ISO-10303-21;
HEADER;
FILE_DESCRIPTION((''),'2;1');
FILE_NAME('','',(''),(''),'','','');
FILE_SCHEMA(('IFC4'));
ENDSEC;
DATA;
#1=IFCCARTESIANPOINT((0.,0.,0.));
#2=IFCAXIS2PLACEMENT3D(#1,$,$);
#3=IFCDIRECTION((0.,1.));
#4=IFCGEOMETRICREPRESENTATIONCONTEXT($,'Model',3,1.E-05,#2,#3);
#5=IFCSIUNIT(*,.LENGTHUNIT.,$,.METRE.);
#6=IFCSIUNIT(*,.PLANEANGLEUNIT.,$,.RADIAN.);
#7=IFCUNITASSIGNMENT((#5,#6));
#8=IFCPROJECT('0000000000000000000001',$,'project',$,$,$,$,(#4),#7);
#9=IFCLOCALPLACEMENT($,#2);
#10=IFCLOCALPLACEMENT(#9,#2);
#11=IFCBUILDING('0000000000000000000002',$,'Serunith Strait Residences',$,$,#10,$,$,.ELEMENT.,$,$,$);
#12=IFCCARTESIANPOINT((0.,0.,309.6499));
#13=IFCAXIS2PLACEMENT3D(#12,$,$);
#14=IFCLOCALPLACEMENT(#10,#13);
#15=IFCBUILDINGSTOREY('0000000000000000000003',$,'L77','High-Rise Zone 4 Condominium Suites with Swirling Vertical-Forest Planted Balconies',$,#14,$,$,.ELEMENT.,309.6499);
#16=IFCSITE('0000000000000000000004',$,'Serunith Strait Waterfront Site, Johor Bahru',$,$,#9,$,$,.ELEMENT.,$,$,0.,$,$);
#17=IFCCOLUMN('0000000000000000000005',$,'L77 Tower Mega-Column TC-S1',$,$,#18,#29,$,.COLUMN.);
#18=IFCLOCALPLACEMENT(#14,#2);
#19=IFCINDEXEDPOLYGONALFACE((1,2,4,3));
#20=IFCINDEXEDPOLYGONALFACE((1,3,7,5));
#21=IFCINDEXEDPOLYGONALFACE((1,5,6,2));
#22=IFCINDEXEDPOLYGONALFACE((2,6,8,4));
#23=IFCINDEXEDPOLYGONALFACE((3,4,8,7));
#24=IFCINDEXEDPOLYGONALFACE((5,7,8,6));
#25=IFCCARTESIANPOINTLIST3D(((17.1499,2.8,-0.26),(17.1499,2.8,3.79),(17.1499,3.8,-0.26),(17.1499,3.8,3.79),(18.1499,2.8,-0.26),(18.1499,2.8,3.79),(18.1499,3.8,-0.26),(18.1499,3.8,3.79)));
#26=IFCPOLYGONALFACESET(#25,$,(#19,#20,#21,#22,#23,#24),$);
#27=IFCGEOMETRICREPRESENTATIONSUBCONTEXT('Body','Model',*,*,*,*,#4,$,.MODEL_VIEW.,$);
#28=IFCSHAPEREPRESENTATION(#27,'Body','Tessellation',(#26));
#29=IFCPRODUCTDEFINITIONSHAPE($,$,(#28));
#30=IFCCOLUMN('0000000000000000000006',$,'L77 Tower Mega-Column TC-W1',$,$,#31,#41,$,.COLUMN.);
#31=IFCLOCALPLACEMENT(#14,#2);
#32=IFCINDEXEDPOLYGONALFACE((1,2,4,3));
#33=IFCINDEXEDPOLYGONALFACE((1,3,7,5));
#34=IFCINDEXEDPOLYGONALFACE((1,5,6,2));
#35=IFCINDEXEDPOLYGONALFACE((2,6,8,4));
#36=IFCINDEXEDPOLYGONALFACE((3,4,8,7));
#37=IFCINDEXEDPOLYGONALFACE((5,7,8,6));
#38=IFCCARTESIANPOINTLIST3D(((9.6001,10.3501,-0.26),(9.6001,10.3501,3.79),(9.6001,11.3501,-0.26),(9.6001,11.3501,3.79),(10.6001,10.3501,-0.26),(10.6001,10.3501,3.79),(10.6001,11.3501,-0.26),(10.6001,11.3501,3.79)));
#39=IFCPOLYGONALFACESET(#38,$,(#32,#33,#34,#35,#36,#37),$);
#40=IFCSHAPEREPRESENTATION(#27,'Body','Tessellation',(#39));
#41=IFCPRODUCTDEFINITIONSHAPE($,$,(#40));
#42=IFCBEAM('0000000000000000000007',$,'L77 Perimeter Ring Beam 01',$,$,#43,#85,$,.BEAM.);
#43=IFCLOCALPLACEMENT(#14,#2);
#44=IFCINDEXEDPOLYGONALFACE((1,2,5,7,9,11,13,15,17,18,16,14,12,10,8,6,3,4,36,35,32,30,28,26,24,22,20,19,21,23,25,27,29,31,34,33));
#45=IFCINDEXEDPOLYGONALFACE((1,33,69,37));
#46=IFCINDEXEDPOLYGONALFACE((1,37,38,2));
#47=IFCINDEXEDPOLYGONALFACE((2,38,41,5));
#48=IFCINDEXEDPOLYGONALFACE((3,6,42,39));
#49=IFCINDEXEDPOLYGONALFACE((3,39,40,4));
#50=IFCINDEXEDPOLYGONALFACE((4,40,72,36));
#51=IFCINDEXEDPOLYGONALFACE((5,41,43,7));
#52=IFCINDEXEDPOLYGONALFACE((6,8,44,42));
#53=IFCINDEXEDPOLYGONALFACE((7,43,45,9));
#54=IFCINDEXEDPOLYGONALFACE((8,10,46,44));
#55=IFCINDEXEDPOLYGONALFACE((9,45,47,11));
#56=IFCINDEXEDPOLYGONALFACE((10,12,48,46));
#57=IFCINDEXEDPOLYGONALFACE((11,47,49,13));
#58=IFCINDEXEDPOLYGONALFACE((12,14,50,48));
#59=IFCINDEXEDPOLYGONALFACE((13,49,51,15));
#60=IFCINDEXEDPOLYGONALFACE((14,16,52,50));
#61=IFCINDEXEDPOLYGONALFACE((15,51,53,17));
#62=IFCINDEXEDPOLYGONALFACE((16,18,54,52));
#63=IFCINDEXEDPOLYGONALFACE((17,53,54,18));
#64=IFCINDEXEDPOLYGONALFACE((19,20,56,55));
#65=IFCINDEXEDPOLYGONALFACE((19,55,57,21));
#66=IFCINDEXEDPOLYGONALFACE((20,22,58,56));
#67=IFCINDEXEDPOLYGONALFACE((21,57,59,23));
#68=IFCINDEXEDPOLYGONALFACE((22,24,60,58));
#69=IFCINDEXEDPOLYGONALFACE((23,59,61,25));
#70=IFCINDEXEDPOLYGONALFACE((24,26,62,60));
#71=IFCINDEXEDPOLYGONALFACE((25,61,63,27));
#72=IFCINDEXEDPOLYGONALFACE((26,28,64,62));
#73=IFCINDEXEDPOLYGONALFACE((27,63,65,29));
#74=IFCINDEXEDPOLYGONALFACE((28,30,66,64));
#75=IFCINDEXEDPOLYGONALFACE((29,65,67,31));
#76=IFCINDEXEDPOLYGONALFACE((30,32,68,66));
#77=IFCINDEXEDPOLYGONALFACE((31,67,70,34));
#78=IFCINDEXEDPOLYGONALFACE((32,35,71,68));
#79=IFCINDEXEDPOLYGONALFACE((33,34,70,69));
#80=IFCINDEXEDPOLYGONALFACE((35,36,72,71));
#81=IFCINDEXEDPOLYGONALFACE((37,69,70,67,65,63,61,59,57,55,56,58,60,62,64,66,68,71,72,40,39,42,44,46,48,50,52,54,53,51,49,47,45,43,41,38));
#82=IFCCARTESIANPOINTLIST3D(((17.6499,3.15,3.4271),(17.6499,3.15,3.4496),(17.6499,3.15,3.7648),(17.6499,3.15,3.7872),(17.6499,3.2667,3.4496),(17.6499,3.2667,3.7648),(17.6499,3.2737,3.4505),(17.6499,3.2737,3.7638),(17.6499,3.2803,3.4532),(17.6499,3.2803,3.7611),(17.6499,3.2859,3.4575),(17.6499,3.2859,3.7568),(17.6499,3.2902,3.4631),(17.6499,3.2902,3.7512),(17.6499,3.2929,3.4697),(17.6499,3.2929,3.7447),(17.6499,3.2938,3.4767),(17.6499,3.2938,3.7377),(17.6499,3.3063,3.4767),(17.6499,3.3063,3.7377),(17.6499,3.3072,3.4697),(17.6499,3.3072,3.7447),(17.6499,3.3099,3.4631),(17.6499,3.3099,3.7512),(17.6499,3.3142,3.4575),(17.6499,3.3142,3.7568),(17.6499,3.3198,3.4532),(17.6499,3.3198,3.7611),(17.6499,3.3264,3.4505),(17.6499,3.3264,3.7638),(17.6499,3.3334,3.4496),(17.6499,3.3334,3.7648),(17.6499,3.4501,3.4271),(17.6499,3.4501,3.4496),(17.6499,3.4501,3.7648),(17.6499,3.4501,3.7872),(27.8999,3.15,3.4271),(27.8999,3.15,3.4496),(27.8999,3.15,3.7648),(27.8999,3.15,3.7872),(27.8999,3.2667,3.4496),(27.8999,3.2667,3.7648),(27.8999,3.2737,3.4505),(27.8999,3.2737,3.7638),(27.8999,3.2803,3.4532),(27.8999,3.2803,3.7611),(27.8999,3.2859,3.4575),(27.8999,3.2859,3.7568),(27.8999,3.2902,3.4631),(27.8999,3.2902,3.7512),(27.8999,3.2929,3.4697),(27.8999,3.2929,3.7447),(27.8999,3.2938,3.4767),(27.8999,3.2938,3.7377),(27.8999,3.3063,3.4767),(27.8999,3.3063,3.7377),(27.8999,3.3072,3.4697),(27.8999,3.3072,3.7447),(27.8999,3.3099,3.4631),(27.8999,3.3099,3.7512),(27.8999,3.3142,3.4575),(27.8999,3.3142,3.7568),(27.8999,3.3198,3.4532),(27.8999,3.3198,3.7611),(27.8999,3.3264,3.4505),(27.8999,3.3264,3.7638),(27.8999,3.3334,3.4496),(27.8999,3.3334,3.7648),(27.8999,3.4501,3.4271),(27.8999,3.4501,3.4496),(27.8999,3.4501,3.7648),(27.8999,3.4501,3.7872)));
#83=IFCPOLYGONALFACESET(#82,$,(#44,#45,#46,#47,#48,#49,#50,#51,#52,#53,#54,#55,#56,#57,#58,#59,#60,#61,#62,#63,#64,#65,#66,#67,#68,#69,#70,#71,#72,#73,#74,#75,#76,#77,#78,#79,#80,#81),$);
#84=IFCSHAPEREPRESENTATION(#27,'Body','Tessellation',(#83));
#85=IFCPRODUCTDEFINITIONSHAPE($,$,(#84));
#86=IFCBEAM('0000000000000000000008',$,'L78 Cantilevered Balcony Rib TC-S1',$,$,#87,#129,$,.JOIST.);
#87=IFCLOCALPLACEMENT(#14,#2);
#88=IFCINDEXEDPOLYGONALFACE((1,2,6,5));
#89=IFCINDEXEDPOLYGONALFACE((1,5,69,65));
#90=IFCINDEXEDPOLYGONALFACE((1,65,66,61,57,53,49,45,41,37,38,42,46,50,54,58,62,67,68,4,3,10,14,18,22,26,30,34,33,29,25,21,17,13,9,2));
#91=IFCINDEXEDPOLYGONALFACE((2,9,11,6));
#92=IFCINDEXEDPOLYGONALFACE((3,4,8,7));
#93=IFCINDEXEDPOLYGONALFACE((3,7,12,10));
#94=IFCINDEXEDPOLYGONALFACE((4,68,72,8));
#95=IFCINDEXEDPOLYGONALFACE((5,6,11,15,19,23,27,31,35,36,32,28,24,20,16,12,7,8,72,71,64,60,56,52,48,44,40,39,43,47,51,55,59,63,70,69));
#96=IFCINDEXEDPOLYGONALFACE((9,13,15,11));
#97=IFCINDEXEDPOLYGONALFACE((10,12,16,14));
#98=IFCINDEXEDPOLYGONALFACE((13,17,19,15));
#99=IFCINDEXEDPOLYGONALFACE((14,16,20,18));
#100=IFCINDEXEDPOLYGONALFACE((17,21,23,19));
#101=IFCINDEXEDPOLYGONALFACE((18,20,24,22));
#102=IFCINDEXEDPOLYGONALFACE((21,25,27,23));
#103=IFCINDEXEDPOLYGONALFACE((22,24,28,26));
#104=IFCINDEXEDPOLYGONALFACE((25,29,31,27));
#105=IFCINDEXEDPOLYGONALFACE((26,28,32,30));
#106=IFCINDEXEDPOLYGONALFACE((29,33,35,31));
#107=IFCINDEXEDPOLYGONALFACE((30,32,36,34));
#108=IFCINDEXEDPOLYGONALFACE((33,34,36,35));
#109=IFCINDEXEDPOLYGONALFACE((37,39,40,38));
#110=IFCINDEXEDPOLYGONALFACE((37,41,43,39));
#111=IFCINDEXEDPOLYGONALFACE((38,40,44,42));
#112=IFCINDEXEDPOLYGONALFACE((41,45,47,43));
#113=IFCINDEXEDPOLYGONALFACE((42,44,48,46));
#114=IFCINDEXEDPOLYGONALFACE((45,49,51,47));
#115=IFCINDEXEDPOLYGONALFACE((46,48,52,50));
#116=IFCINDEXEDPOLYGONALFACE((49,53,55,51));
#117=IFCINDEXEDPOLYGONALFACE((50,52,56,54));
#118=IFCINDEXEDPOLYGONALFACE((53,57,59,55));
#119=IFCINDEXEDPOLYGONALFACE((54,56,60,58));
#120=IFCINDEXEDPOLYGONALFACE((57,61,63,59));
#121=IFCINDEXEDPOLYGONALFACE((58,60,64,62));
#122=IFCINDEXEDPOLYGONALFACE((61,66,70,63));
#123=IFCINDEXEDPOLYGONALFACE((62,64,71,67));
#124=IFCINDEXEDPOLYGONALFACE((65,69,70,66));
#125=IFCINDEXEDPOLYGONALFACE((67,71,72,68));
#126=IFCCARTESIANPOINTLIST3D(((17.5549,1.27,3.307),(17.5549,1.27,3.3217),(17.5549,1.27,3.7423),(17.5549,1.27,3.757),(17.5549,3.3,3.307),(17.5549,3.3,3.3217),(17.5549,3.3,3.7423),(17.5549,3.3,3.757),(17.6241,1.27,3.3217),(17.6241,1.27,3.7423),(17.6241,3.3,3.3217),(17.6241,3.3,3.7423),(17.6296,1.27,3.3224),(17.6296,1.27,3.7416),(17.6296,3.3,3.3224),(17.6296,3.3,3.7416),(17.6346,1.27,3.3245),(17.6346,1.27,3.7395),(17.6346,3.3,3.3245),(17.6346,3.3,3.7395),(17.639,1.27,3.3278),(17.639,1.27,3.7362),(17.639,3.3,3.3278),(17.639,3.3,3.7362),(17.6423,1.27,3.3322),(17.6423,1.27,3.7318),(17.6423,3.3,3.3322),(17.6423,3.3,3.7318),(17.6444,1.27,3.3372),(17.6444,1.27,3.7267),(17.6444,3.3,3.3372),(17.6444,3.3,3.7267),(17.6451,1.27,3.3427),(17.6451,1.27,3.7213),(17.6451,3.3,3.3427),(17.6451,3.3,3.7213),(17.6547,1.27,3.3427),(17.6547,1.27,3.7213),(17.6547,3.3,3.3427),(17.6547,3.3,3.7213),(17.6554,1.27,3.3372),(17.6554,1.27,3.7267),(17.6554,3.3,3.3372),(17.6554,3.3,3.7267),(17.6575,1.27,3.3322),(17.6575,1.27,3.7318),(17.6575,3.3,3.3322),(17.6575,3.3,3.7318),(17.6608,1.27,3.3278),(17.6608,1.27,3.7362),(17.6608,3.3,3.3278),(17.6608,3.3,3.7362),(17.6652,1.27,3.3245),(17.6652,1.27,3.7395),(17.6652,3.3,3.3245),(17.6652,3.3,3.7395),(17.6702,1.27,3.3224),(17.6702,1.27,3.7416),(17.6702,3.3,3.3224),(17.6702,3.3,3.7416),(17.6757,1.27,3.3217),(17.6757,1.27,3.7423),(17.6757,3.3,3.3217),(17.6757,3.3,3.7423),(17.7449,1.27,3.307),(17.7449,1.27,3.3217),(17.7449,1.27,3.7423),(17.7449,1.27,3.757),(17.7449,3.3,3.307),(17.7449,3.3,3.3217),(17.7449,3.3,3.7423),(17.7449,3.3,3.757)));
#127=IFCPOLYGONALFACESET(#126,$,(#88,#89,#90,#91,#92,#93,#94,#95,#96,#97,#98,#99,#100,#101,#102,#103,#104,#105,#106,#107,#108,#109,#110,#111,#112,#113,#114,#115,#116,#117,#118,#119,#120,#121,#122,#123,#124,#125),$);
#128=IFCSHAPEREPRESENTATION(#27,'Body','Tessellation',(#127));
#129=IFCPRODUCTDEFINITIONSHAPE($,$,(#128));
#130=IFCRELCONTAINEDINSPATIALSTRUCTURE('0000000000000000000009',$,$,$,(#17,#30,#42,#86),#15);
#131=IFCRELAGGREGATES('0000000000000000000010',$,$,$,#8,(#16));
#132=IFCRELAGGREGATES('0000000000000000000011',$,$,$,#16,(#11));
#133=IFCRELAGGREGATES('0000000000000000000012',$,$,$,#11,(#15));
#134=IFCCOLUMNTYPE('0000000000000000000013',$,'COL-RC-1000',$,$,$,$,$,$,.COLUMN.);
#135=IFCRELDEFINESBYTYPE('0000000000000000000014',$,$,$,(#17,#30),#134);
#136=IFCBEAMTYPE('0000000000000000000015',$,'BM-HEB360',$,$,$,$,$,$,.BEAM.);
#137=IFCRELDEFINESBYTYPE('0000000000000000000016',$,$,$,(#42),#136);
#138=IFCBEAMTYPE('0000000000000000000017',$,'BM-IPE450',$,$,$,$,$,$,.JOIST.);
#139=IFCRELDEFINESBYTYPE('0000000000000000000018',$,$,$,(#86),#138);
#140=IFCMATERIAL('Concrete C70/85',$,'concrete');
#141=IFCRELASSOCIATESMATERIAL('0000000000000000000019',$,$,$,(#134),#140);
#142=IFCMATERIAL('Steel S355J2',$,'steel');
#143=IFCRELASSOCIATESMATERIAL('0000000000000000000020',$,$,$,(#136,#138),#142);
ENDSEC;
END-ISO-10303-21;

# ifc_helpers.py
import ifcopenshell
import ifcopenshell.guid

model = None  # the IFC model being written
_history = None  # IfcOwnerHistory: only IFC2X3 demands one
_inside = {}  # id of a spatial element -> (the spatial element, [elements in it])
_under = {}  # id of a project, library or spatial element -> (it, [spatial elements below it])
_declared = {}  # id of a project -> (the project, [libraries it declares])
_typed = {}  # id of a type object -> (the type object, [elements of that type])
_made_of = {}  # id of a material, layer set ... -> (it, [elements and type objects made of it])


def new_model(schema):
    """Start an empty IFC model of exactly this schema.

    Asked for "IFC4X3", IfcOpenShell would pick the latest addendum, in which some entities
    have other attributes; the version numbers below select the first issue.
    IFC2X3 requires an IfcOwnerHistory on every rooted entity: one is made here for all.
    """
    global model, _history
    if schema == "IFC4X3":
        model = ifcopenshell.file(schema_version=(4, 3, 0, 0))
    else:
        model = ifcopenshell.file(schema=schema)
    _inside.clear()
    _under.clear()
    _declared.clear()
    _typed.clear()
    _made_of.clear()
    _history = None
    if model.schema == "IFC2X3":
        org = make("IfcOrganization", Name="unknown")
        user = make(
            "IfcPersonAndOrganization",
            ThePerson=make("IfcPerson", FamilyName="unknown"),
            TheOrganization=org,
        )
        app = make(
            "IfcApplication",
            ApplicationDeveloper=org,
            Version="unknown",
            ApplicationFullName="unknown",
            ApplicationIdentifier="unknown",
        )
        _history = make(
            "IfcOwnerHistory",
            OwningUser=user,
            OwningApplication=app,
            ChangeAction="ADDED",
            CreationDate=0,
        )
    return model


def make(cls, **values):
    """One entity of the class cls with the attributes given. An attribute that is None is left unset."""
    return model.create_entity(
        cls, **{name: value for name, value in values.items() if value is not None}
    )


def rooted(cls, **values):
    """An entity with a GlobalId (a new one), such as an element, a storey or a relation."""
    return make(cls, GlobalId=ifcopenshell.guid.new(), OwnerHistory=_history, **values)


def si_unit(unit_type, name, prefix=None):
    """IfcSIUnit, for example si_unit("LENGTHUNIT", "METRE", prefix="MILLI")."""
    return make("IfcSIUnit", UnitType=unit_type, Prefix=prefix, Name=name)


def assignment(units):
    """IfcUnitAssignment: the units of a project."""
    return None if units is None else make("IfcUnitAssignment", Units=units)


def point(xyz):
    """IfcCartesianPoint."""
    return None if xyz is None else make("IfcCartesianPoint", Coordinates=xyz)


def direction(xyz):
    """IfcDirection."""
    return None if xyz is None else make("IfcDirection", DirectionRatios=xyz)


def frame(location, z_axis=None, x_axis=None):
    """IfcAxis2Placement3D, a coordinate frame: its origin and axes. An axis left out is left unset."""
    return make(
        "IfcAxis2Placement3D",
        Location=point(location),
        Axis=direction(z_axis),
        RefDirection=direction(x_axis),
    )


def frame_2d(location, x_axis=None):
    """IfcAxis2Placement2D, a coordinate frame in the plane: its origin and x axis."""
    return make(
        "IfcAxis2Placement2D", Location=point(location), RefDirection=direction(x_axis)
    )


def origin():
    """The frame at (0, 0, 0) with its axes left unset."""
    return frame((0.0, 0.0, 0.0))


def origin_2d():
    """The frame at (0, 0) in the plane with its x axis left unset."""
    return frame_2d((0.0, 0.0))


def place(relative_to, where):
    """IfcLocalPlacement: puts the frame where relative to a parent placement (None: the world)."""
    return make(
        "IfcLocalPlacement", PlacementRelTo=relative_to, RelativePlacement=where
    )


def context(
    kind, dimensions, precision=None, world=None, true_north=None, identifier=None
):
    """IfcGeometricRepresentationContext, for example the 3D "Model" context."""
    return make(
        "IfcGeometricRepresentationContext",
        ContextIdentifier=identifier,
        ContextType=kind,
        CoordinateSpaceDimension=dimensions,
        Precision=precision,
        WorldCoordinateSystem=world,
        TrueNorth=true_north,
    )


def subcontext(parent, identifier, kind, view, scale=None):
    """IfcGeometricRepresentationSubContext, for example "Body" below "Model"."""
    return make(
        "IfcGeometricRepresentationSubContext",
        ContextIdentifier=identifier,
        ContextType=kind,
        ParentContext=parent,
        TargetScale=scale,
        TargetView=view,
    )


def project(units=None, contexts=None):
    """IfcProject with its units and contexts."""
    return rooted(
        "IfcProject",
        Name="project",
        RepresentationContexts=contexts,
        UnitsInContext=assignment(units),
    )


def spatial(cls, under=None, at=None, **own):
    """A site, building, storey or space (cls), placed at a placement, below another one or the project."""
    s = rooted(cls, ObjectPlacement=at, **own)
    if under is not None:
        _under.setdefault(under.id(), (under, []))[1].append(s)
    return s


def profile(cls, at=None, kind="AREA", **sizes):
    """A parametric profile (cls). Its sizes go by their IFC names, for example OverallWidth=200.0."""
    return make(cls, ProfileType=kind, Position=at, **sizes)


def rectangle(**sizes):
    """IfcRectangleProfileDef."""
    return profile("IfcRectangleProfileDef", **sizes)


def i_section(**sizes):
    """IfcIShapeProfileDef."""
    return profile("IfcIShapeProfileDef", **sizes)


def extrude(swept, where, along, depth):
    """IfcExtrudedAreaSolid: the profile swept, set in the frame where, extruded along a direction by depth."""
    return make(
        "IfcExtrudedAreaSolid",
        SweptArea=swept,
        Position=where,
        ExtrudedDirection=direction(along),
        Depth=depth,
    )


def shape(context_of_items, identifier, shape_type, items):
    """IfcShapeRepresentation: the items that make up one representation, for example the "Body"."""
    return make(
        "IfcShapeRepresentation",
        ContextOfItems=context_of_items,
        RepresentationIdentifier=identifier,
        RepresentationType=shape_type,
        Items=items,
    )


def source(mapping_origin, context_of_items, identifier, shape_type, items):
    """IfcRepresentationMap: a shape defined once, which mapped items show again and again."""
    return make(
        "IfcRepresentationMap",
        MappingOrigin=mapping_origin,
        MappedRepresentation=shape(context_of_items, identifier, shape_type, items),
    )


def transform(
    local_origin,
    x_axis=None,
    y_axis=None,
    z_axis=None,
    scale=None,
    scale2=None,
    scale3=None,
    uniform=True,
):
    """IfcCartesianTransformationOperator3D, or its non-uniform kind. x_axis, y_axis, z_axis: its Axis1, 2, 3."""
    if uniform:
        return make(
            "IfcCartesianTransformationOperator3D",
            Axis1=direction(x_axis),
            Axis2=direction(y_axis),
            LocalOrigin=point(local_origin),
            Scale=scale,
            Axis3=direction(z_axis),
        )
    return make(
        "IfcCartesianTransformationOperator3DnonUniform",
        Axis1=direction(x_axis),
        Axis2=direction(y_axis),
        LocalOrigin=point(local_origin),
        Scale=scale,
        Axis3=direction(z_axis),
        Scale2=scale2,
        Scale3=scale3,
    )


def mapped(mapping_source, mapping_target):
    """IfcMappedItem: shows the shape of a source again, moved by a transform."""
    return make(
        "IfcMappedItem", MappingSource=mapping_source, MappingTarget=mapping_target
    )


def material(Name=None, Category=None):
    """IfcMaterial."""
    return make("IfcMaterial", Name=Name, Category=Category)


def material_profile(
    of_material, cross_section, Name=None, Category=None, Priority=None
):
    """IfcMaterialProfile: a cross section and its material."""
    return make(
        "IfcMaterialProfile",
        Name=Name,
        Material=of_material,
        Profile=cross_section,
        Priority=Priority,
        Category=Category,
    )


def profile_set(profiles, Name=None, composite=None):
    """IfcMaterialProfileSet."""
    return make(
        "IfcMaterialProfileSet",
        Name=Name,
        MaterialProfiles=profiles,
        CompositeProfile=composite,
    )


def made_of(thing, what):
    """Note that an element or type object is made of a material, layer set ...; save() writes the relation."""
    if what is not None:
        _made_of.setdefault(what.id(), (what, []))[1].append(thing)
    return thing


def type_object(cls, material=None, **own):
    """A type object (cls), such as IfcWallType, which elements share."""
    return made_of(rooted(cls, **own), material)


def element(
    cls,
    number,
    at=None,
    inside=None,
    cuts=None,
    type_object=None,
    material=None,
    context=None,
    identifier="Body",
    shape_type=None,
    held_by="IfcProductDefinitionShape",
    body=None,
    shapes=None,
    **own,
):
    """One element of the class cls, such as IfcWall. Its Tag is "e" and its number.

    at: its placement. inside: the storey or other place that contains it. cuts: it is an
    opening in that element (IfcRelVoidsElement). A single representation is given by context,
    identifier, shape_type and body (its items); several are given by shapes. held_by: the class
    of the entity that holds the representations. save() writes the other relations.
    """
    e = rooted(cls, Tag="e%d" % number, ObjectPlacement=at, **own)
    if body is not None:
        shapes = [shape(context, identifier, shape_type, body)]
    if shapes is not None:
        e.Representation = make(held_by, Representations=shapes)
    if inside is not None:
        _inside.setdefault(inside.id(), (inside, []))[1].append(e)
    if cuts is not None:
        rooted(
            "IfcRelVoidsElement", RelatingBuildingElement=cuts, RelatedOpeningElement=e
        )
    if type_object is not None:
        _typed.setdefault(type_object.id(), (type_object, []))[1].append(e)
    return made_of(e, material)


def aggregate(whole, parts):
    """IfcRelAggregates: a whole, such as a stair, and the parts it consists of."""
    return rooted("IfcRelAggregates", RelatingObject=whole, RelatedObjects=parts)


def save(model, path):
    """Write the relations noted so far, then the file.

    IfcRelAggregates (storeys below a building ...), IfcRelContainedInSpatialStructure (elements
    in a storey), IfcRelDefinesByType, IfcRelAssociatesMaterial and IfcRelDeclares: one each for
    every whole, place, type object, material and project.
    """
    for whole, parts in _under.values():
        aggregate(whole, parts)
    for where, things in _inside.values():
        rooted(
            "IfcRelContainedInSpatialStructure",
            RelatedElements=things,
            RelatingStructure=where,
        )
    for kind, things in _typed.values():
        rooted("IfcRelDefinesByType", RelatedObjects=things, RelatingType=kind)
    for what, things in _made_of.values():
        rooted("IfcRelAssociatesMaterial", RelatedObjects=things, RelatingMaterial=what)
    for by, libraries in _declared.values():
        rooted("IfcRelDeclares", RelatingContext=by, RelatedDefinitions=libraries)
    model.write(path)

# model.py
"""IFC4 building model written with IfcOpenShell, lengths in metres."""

from ifc_helpers import new_model, si_unit, direction, frame, origin, origin_2d, place, context, subcontext, project, spatial, rectangle, i_section, extrude, source, transform, mapped, material, material_profile, profile_set, type_object, element, save


model = new_model("IFC4")

# Units and contexts
model_context = context("Model", 3, precision=1e-05, world=origin(), true_north=direction((0.0, 1.0)))
body_context = subcontext(model_context, "Body", "Model", "MODEL_VIEW")
ifc_project = project(units=[si_unit("LENGTHUNIT", "METRE"), si_unit("PLANEANGLEUNIT", "RADIAN")], contexts=[model_context])

# Site, building, storey
site_placement = place(None, origin())
site = spatial("IfcSite", under=ifc_project, at=site_placement, Name="Serunith Strait Waterfront Site, Johor Bahru", CompositionType="ELEMENT", RefElevation=0.0)
building_placement = place(site_placement, origin())
building = spatial("IfcBuilding", under=site, at=building_placement, Name="Serunith Strait Residences", CompositionType="ELEMENT")
storey_placement = place(building_placement, frame((0.0, 0.0, 309.6499)))
storey = spatial("IfcBuildingStorey", under=building, at=storey_placement, Name="L77", Description="High-Rise Zone 4 Condominium Suites with Swirling Vertical-Forest Planted Balconies", CompositionType="ELEMENT", Elevation=309.6499)

# Columns
ifc_material_1 = material(Name="Concrete C70/85", Category="concrete")
ifc_material_profile_1 = material_profile(ifc_material_1, rectangle(XDim=1.0, YDim=1.0, at=origin_2d()), Name="RC 1000x1000")
ifc_profile_set_1 = profile_set([ifc_material_profile_1], Name="Concrete C70/85")
column_type = type_object("IfcColumnType", Name="COL-RC-1000", PredefinedType="COLUMN", material=ifc_profile_set_1)
shared_shape_1 = source(origin(), body_context, "Body", "SweptSolid", [
    extrude(rectangle(XDim=1.0, YDim=1.0, at=origin_2d()), origin(), (0.0, 0.0, 1.0), 4.05),
])
for number, where, z_axis, x_axis, name in (
    (1, (17.6499, 3.3, -0.26), (0.0, 0.0, 1.0), (1.0, 0.0, 0.0), "L77 Tower Mega-Column TC-S1"),
    (2, (10.1001, 10.8501, -0.26), (0.0, 0.0, 1.0), (1.0, 0.0, 0.0), "L77 Tower Mega-Column TC-W1"),
):
    element("IfcColumn", number, at=place(storey_placement, frame(where, z_axis=z_axis, x_axis=x_axis)), inside=storey, type_object=column_type, Name=name, PredefinedType="COLUMN", context=body_context, shape_type="MappedRepresentation", body=[
        mapped(shared_shape_1, transform((0.0, 0.0, 0.0), scale=1.0)),
    ])

# Beams
ifc_material_2 = material(Name="Steel S355J2", Category="steel")
ifc_material_profile_2 = material_profile(ifc_material_2, i_section(OverallWidth=0.3, OverallDepth=0.3601, WebThickness=0.0125, FlangeThickness=0.0225, FilletRadius=0.0271, at=origin_2d()), Name="HEB 360")
ifc_profile_set_2 = profile_set([ifc_material_profile_2], Name="Steel S355J2")
beam_type_1 = type_object("IfcBeamType", Name="BM-HEB360", PredefinedType="BEAM", material=ifc_profile_set_2)
shared_shape_2 = source(origin(), body_context, "Body", "SweptSolid", [
    extrude(i_section(OverallWidth=0.3, OverallDepth=0.3601, WebThickness=0.0125, FlangeThickness=0.0225, FilletRadius=0.0271, at=origin_2d()), origin(), (0.0, 0.0, 1.0), 10.25),
])
beam_1_placement = place(storey_placement, frame((17.6499, 3.3, 3.6072), z_axis=(1.0, 0.0, 0.0), x_axis=(0.0, 1.0, 0.0)))
element("IfcBeam", 3, at=beam_1_placement, inside=storey, type_object=beam_type_1, Name="L77 Perimeter Ring Beam 01", PredefinedType="BEAM", context=body_context, shape_type="MappedRepresentation", body=[
    mapped(shared_shape_2, transform((0.0, 0.0, 0.0), scale=1.0)),
])
ifc_material_profile_3 = material_profile(ifc_material_2, i_section(OverallWidth=0.1899, OverallDepth=0.45, WebThickness=0.0095, FlangeThickness=0.0146, FilletRadius=0.021, at=origin_2d()), Name="IPE 450")
ifc_profile_set_3 = profile_set([ifc_material_profile_3], Name="Steel S355J2")
beam_type_2 = type_object("IfcBeamType", Name="BM-IPE450", PredefinedType="JOIST", material=ifc_profile_set_3)
shared_shape_3 = source(origin(), body_context, "Body", "SweptSolid", [
    extrude(i_section(OverallWidth=0.1899, OverallDepth=0.45, WebThickness=0.0095, FlangeThickness=0.0146, FilletRadius=0.021, at=origin_2d()), origin(), (0.0, 0.0, 1.0), 2.03),
])
beam_2_placement = place(storey_placement, frame((17.6499, 3.3, 3.532), z_axis=(0.0, -1.0, 0.0), x_axis=(1.0, 0.0, 0.0)))
element("IfcBeam", 4, at=beam_2_placement, inside=storey, type_object=beam_type_2, Name="L78 Cantilevered Balcony Rib TC-S1", PredefinedType="JOIST", context=body_context, shape_type="MappedRepresentation", body=[
    mapped(shared_shape_3, transform((0.0, 0.0, 0.0), scale=1.0)),
])

save(model, "model.ifc")
